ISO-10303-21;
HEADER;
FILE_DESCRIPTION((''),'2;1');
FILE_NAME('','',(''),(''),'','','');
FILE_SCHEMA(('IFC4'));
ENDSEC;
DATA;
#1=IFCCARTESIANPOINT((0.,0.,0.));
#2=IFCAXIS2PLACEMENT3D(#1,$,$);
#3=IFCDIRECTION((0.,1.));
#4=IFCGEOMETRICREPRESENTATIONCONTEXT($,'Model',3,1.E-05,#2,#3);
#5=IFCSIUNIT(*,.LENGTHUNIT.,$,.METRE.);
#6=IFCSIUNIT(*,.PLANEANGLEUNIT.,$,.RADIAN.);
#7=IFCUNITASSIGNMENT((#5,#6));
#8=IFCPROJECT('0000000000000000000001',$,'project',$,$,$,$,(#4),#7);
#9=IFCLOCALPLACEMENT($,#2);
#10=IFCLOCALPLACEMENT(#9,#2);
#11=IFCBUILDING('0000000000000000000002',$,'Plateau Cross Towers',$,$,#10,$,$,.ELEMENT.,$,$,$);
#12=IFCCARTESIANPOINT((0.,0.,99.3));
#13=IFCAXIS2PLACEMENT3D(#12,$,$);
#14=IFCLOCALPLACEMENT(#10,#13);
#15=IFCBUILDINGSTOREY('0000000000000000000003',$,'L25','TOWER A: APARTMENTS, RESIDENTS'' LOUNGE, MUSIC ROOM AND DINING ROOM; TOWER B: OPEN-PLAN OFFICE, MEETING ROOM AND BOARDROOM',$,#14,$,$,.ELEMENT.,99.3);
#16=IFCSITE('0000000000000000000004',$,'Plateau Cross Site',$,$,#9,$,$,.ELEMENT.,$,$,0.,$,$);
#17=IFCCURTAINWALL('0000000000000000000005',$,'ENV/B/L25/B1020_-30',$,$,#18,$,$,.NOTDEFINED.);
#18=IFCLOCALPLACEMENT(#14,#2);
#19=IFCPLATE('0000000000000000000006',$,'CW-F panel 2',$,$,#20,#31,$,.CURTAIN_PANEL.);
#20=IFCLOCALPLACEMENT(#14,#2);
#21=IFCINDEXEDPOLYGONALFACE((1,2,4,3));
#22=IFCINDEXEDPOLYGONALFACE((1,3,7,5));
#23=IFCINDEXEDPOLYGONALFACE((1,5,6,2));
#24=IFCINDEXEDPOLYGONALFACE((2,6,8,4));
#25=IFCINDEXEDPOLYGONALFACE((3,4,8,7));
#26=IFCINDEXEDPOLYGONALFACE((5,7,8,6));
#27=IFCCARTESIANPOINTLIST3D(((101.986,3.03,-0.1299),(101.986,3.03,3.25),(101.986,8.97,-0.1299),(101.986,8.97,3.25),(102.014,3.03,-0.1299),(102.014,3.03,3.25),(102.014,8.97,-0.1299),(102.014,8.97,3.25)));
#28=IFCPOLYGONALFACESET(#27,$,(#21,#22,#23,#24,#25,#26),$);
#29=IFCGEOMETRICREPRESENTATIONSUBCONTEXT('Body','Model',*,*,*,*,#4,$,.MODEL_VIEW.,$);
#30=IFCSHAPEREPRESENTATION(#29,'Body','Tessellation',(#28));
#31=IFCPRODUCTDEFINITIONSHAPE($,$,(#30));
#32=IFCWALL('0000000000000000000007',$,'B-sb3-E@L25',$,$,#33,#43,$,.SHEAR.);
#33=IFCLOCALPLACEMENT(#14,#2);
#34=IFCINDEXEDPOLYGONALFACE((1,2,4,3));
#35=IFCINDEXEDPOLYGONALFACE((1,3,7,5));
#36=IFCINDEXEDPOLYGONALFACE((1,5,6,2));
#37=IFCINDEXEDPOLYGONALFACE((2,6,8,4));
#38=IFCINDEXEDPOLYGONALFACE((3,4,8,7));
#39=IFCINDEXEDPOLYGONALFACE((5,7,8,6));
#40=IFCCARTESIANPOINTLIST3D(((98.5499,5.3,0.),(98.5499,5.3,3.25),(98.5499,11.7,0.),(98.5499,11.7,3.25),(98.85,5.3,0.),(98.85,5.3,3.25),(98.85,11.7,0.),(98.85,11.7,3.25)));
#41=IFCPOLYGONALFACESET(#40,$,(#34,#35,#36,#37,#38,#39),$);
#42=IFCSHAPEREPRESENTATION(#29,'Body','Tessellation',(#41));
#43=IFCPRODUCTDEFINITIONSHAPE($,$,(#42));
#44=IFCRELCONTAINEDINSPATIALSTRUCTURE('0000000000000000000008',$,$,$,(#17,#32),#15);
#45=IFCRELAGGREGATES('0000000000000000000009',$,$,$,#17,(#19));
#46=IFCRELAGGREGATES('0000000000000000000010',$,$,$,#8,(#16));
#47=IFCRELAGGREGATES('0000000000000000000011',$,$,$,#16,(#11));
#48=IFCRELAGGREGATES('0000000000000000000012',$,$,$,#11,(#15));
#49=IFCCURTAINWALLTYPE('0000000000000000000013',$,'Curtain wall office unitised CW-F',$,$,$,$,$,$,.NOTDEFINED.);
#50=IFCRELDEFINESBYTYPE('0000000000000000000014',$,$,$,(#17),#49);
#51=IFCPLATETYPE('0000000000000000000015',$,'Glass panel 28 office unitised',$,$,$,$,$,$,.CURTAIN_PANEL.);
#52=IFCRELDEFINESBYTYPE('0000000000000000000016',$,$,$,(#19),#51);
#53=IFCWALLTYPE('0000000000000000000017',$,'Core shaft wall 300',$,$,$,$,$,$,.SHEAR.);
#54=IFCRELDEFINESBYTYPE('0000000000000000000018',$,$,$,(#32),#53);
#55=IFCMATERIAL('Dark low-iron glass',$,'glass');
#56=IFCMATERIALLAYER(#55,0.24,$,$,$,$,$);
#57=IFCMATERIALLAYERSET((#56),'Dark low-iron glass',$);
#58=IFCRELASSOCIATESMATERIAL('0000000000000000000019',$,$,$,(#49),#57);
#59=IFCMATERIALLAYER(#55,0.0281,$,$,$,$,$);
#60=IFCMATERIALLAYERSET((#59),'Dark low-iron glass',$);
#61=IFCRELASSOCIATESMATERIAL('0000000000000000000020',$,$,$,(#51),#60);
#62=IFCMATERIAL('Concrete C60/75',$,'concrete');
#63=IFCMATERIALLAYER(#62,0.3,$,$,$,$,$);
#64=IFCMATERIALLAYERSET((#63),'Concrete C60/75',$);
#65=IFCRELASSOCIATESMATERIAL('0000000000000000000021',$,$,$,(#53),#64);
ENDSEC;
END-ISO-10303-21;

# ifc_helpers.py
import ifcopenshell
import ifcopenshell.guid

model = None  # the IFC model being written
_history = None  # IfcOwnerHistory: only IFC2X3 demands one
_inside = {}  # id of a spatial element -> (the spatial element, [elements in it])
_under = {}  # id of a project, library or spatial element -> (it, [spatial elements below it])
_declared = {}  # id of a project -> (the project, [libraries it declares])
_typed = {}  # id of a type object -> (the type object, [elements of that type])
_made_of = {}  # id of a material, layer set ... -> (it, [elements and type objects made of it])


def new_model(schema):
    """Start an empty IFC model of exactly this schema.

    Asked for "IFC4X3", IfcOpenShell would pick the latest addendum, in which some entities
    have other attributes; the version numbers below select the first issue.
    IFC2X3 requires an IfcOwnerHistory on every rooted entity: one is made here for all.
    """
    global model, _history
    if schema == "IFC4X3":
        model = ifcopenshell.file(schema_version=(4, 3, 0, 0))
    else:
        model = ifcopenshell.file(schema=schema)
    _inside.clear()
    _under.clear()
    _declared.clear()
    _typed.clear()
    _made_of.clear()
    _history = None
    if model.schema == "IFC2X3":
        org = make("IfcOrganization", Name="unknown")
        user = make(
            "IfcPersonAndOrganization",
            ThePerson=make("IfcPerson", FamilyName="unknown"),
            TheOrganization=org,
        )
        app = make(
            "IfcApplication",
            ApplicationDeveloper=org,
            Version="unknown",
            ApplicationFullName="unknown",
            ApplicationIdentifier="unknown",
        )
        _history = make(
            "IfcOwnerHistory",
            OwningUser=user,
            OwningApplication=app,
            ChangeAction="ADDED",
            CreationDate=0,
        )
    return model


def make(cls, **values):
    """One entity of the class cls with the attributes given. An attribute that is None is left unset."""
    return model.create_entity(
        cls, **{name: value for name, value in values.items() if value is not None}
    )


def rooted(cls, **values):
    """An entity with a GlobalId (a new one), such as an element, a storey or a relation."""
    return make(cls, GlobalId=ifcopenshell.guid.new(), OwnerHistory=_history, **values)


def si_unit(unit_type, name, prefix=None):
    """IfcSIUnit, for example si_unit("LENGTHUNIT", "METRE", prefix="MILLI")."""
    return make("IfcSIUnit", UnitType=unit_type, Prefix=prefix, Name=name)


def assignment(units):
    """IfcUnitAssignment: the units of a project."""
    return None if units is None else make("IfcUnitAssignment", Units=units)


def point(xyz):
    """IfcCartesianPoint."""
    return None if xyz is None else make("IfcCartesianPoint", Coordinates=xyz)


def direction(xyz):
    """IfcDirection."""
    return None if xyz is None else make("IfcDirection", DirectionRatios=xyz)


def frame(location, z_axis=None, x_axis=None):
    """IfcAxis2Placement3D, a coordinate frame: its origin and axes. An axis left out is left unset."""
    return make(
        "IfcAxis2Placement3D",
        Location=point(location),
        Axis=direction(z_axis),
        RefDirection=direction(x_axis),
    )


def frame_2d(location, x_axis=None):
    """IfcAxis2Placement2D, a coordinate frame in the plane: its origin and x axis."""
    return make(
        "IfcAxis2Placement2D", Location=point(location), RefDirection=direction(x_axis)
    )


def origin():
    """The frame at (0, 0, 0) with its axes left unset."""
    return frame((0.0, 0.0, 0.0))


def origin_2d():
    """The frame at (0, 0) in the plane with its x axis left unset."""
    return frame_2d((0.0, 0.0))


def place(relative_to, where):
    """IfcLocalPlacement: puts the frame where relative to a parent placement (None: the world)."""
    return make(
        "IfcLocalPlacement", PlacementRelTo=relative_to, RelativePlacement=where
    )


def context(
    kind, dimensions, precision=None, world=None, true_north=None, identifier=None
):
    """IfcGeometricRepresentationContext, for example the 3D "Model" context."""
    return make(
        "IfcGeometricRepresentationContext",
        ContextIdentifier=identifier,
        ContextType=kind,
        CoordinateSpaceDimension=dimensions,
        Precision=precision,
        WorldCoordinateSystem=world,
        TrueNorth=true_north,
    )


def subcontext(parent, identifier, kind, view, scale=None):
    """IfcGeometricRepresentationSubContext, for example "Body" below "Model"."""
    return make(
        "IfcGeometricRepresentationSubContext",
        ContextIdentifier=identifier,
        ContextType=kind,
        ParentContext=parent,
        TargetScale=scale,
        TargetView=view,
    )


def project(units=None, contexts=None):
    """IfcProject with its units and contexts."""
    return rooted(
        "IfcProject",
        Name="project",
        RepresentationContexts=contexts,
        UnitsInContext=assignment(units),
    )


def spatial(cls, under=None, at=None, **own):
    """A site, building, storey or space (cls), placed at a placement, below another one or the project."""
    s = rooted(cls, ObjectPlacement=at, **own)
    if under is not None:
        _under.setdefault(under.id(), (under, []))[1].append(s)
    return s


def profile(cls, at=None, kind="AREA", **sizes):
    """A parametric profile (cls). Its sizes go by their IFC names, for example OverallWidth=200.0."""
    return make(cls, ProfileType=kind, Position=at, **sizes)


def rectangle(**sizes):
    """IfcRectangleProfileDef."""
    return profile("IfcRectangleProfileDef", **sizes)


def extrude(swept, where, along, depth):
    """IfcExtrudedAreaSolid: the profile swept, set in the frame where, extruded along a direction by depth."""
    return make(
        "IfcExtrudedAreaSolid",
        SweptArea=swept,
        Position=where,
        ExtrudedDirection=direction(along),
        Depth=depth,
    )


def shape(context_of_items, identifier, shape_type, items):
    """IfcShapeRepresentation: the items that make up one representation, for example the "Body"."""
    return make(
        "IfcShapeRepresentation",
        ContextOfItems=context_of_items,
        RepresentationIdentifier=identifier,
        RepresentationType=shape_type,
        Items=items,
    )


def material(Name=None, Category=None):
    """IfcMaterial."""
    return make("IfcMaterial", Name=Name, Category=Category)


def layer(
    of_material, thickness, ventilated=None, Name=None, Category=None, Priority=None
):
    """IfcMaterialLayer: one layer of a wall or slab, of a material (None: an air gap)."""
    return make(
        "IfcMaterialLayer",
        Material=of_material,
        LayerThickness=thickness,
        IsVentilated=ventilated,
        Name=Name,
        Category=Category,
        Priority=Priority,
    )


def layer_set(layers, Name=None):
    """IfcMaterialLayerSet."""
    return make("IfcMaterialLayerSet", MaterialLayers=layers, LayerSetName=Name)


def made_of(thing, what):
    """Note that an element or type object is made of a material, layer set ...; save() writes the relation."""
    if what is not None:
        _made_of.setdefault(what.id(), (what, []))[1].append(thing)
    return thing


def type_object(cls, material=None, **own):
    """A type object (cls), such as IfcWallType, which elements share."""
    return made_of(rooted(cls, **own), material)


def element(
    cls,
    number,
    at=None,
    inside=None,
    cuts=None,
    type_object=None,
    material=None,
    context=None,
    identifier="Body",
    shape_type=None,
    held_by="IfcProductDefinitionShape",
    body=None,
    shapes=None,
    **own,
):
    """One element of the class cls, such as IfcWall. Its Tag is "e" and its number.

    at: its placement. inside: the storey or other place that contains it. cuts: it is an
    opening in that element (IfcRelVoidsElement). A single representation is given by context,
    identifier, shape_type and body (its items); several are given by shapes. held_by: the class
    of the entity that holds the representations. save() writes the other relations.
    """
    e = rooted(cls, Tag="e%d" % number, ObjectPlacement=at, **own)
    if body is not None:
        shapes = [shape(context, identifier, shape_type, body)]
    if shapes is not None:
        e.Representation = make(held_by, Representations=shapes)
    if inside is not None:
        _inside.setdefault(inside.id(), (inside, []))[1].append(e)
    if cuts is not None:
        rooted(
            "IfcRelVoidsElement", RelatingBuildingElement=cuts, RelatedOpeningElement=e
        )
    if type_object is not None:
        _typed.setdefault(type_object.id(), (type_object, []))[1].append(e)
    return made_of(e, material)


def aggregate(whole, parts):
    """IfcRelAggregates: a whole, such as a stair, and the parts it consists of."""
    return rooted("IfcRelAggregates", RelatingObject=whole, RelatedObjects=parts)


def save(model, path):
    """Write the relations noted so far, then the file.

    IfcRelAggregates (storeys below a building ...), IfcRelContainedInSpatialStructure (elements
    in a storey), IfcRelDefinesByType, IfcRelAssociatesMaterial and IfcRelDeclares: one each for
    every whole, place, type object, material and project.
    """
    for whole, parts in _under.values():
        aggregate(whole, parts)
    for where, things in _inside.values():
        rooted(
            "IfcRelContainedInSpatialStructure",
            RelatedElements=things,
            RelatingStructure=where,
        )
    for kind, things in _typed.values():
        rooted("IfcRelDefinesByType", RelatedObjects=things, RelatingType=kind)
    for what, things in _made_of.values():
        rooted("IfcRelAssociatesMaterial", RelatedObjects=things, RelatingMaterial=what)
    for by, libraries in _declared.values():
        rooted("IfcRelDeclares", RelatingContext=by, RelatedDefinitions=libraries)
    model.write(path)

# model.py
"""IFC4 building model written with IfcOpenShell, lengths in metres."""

from ifc_helpers import new_model, si_unit, direction, frame, frame_2d, origin, origin_2d, place, context, subcontext, project, spatial, rectangle, extrude, material, layer, layer_set, type_object, element, aggregate, save


model = new_model("IFC4")

# Units and contexts
model_context = context("Model", 3, precision=1e-05, world=origin(), true_north=direction((0.0, 1.0)))
body_context = subcontext(model_context, "Body", "Model", "MODEL_VIEW")
ifc_project = project(units=[si_unit("LENGTHUNIT", "METRE"), si_unit("PLANEANGLEUNIT", "RADIAN")], contexts=[model_context])

# Site, building, storey
site_placement = place(None, origin())
site = spatial("IfcSite", under=ifc_project, at=site_placement, Name="Plateau Cross Site", CompositionType="ELEMENT", RefElevation=0.0)
building_placement = place(site_placement, origin())
building = spatial("IfcBuilding", under=site, at=building_placement, Name="Plateau Cross Towers", CompositionType="ELEMENT")
storey_placement = place(building_placement, frame((0.0, 0.0, 99.3)))
storey = spatial("IfcBuildingStorey", under=building, at=storey_placement, Name="L25", Description="TOWER A: APARTMENTS, RESIDENTS' LOUNGE, MUSIC ROOM AND DINING ROOM; TOWER B: OPEN-PLAN OFFICE, MEETING ROOM AND BOARDROOM", CompositionType="ELEMENT", Elevation=99.3)

# Shared definitions
ifc_material_1 = material(Name="Concrete C60/75", Category="concrete")

# Shared definitions
ifc_material_2 = material(Name="Dark low-iron glass", Category="glass")
ifc_layer_1 = layer(ifc_material_2, 0.24)
ifc_layer_set_1 = layer_set([ifc_layer_1], Name="Dark low-iron glass")
curtain_wall_type = type_object("IfcCurtainWallType", Name="Curtain wall office unitised CW-F", PredefinedType="NOTDEFINED", material=ifc_layer_set_1)

# Curtain wall
curtain_wall_1_placement = place(storey_placement, origin())
curtain_wall_1 = element("IfcCurtainWall", 1, at=curtain_wall_1_placement, inside=storey, type_object=curtain_wall_type, Name="ENV/B/L25/B1020_-30", PredefinedType="NOTDEFINED")

# Plate
ifc_layer_2 = layer(ifc_material_2, 0.0281)
ifc_layer_set_2 = layer_set([ifc_layer_2], Name="Dark low-iron glass")
plate_type = type_object("IfcPlateType", Name="Glass panel 28 office unitised", PredefinedType="CURTAIN_PANEL", material=ifc_layer_set_2)
plate_1_placement = place(storey_placement, frame((102.0, 6.0, -0.1299), z_axis=(0.0, 0.0, 1.0), x_axis=(0.0, 1.0, 0.0)))
plate_1 = element("IfcPlate", 2, at=plate_1_placement, type_object=plate_type, Name="CW-F panel 2", PredefinedType="CURTAIN_PANEL", context=body_context, shape_type="SweptSolid", body=[
    extrude(rectangle(XDim=5.9399, YDim=0.0281, at=origin_2d()), origin(), (0.0, 0.0, 1.0), 3.3799),
])
aggregate(curtain_wall_1, [plate_1])

# Wall
ifc_layer_3 = layer(ifc_material_1, 0.3)
ifc_layer_set_3 = layer_set([ifc_layer_3], Name="Concrete C60/75")
wall_type = type_object("IfcWallType", Name="Core shaft wall 300", PredefinedType="SHEAR", material=ifc_layer_set_3)
wall_placement = place(storey_placement, frame((98.7, 5.3, 0.0), z_axis=(0.0, 0.0, 1.0), x_axis=(0.0, 1.0, 0.0)))
element("IfcWall", 3, at=wall_placement, inside=storey, type_object=wall_type, Name="B-sb3-E@L25", PredefinedType="SHEAR", context=body_context, shape_type="SweptSolid", body=[
    extrude(rectangle(XDim=6.3999, YDim=0.3, at=frame_2d((3.2, 0.0))), origin(), (0.0, 0.0, 1.0), 3.25),
])

save(model, "model.ifc")
